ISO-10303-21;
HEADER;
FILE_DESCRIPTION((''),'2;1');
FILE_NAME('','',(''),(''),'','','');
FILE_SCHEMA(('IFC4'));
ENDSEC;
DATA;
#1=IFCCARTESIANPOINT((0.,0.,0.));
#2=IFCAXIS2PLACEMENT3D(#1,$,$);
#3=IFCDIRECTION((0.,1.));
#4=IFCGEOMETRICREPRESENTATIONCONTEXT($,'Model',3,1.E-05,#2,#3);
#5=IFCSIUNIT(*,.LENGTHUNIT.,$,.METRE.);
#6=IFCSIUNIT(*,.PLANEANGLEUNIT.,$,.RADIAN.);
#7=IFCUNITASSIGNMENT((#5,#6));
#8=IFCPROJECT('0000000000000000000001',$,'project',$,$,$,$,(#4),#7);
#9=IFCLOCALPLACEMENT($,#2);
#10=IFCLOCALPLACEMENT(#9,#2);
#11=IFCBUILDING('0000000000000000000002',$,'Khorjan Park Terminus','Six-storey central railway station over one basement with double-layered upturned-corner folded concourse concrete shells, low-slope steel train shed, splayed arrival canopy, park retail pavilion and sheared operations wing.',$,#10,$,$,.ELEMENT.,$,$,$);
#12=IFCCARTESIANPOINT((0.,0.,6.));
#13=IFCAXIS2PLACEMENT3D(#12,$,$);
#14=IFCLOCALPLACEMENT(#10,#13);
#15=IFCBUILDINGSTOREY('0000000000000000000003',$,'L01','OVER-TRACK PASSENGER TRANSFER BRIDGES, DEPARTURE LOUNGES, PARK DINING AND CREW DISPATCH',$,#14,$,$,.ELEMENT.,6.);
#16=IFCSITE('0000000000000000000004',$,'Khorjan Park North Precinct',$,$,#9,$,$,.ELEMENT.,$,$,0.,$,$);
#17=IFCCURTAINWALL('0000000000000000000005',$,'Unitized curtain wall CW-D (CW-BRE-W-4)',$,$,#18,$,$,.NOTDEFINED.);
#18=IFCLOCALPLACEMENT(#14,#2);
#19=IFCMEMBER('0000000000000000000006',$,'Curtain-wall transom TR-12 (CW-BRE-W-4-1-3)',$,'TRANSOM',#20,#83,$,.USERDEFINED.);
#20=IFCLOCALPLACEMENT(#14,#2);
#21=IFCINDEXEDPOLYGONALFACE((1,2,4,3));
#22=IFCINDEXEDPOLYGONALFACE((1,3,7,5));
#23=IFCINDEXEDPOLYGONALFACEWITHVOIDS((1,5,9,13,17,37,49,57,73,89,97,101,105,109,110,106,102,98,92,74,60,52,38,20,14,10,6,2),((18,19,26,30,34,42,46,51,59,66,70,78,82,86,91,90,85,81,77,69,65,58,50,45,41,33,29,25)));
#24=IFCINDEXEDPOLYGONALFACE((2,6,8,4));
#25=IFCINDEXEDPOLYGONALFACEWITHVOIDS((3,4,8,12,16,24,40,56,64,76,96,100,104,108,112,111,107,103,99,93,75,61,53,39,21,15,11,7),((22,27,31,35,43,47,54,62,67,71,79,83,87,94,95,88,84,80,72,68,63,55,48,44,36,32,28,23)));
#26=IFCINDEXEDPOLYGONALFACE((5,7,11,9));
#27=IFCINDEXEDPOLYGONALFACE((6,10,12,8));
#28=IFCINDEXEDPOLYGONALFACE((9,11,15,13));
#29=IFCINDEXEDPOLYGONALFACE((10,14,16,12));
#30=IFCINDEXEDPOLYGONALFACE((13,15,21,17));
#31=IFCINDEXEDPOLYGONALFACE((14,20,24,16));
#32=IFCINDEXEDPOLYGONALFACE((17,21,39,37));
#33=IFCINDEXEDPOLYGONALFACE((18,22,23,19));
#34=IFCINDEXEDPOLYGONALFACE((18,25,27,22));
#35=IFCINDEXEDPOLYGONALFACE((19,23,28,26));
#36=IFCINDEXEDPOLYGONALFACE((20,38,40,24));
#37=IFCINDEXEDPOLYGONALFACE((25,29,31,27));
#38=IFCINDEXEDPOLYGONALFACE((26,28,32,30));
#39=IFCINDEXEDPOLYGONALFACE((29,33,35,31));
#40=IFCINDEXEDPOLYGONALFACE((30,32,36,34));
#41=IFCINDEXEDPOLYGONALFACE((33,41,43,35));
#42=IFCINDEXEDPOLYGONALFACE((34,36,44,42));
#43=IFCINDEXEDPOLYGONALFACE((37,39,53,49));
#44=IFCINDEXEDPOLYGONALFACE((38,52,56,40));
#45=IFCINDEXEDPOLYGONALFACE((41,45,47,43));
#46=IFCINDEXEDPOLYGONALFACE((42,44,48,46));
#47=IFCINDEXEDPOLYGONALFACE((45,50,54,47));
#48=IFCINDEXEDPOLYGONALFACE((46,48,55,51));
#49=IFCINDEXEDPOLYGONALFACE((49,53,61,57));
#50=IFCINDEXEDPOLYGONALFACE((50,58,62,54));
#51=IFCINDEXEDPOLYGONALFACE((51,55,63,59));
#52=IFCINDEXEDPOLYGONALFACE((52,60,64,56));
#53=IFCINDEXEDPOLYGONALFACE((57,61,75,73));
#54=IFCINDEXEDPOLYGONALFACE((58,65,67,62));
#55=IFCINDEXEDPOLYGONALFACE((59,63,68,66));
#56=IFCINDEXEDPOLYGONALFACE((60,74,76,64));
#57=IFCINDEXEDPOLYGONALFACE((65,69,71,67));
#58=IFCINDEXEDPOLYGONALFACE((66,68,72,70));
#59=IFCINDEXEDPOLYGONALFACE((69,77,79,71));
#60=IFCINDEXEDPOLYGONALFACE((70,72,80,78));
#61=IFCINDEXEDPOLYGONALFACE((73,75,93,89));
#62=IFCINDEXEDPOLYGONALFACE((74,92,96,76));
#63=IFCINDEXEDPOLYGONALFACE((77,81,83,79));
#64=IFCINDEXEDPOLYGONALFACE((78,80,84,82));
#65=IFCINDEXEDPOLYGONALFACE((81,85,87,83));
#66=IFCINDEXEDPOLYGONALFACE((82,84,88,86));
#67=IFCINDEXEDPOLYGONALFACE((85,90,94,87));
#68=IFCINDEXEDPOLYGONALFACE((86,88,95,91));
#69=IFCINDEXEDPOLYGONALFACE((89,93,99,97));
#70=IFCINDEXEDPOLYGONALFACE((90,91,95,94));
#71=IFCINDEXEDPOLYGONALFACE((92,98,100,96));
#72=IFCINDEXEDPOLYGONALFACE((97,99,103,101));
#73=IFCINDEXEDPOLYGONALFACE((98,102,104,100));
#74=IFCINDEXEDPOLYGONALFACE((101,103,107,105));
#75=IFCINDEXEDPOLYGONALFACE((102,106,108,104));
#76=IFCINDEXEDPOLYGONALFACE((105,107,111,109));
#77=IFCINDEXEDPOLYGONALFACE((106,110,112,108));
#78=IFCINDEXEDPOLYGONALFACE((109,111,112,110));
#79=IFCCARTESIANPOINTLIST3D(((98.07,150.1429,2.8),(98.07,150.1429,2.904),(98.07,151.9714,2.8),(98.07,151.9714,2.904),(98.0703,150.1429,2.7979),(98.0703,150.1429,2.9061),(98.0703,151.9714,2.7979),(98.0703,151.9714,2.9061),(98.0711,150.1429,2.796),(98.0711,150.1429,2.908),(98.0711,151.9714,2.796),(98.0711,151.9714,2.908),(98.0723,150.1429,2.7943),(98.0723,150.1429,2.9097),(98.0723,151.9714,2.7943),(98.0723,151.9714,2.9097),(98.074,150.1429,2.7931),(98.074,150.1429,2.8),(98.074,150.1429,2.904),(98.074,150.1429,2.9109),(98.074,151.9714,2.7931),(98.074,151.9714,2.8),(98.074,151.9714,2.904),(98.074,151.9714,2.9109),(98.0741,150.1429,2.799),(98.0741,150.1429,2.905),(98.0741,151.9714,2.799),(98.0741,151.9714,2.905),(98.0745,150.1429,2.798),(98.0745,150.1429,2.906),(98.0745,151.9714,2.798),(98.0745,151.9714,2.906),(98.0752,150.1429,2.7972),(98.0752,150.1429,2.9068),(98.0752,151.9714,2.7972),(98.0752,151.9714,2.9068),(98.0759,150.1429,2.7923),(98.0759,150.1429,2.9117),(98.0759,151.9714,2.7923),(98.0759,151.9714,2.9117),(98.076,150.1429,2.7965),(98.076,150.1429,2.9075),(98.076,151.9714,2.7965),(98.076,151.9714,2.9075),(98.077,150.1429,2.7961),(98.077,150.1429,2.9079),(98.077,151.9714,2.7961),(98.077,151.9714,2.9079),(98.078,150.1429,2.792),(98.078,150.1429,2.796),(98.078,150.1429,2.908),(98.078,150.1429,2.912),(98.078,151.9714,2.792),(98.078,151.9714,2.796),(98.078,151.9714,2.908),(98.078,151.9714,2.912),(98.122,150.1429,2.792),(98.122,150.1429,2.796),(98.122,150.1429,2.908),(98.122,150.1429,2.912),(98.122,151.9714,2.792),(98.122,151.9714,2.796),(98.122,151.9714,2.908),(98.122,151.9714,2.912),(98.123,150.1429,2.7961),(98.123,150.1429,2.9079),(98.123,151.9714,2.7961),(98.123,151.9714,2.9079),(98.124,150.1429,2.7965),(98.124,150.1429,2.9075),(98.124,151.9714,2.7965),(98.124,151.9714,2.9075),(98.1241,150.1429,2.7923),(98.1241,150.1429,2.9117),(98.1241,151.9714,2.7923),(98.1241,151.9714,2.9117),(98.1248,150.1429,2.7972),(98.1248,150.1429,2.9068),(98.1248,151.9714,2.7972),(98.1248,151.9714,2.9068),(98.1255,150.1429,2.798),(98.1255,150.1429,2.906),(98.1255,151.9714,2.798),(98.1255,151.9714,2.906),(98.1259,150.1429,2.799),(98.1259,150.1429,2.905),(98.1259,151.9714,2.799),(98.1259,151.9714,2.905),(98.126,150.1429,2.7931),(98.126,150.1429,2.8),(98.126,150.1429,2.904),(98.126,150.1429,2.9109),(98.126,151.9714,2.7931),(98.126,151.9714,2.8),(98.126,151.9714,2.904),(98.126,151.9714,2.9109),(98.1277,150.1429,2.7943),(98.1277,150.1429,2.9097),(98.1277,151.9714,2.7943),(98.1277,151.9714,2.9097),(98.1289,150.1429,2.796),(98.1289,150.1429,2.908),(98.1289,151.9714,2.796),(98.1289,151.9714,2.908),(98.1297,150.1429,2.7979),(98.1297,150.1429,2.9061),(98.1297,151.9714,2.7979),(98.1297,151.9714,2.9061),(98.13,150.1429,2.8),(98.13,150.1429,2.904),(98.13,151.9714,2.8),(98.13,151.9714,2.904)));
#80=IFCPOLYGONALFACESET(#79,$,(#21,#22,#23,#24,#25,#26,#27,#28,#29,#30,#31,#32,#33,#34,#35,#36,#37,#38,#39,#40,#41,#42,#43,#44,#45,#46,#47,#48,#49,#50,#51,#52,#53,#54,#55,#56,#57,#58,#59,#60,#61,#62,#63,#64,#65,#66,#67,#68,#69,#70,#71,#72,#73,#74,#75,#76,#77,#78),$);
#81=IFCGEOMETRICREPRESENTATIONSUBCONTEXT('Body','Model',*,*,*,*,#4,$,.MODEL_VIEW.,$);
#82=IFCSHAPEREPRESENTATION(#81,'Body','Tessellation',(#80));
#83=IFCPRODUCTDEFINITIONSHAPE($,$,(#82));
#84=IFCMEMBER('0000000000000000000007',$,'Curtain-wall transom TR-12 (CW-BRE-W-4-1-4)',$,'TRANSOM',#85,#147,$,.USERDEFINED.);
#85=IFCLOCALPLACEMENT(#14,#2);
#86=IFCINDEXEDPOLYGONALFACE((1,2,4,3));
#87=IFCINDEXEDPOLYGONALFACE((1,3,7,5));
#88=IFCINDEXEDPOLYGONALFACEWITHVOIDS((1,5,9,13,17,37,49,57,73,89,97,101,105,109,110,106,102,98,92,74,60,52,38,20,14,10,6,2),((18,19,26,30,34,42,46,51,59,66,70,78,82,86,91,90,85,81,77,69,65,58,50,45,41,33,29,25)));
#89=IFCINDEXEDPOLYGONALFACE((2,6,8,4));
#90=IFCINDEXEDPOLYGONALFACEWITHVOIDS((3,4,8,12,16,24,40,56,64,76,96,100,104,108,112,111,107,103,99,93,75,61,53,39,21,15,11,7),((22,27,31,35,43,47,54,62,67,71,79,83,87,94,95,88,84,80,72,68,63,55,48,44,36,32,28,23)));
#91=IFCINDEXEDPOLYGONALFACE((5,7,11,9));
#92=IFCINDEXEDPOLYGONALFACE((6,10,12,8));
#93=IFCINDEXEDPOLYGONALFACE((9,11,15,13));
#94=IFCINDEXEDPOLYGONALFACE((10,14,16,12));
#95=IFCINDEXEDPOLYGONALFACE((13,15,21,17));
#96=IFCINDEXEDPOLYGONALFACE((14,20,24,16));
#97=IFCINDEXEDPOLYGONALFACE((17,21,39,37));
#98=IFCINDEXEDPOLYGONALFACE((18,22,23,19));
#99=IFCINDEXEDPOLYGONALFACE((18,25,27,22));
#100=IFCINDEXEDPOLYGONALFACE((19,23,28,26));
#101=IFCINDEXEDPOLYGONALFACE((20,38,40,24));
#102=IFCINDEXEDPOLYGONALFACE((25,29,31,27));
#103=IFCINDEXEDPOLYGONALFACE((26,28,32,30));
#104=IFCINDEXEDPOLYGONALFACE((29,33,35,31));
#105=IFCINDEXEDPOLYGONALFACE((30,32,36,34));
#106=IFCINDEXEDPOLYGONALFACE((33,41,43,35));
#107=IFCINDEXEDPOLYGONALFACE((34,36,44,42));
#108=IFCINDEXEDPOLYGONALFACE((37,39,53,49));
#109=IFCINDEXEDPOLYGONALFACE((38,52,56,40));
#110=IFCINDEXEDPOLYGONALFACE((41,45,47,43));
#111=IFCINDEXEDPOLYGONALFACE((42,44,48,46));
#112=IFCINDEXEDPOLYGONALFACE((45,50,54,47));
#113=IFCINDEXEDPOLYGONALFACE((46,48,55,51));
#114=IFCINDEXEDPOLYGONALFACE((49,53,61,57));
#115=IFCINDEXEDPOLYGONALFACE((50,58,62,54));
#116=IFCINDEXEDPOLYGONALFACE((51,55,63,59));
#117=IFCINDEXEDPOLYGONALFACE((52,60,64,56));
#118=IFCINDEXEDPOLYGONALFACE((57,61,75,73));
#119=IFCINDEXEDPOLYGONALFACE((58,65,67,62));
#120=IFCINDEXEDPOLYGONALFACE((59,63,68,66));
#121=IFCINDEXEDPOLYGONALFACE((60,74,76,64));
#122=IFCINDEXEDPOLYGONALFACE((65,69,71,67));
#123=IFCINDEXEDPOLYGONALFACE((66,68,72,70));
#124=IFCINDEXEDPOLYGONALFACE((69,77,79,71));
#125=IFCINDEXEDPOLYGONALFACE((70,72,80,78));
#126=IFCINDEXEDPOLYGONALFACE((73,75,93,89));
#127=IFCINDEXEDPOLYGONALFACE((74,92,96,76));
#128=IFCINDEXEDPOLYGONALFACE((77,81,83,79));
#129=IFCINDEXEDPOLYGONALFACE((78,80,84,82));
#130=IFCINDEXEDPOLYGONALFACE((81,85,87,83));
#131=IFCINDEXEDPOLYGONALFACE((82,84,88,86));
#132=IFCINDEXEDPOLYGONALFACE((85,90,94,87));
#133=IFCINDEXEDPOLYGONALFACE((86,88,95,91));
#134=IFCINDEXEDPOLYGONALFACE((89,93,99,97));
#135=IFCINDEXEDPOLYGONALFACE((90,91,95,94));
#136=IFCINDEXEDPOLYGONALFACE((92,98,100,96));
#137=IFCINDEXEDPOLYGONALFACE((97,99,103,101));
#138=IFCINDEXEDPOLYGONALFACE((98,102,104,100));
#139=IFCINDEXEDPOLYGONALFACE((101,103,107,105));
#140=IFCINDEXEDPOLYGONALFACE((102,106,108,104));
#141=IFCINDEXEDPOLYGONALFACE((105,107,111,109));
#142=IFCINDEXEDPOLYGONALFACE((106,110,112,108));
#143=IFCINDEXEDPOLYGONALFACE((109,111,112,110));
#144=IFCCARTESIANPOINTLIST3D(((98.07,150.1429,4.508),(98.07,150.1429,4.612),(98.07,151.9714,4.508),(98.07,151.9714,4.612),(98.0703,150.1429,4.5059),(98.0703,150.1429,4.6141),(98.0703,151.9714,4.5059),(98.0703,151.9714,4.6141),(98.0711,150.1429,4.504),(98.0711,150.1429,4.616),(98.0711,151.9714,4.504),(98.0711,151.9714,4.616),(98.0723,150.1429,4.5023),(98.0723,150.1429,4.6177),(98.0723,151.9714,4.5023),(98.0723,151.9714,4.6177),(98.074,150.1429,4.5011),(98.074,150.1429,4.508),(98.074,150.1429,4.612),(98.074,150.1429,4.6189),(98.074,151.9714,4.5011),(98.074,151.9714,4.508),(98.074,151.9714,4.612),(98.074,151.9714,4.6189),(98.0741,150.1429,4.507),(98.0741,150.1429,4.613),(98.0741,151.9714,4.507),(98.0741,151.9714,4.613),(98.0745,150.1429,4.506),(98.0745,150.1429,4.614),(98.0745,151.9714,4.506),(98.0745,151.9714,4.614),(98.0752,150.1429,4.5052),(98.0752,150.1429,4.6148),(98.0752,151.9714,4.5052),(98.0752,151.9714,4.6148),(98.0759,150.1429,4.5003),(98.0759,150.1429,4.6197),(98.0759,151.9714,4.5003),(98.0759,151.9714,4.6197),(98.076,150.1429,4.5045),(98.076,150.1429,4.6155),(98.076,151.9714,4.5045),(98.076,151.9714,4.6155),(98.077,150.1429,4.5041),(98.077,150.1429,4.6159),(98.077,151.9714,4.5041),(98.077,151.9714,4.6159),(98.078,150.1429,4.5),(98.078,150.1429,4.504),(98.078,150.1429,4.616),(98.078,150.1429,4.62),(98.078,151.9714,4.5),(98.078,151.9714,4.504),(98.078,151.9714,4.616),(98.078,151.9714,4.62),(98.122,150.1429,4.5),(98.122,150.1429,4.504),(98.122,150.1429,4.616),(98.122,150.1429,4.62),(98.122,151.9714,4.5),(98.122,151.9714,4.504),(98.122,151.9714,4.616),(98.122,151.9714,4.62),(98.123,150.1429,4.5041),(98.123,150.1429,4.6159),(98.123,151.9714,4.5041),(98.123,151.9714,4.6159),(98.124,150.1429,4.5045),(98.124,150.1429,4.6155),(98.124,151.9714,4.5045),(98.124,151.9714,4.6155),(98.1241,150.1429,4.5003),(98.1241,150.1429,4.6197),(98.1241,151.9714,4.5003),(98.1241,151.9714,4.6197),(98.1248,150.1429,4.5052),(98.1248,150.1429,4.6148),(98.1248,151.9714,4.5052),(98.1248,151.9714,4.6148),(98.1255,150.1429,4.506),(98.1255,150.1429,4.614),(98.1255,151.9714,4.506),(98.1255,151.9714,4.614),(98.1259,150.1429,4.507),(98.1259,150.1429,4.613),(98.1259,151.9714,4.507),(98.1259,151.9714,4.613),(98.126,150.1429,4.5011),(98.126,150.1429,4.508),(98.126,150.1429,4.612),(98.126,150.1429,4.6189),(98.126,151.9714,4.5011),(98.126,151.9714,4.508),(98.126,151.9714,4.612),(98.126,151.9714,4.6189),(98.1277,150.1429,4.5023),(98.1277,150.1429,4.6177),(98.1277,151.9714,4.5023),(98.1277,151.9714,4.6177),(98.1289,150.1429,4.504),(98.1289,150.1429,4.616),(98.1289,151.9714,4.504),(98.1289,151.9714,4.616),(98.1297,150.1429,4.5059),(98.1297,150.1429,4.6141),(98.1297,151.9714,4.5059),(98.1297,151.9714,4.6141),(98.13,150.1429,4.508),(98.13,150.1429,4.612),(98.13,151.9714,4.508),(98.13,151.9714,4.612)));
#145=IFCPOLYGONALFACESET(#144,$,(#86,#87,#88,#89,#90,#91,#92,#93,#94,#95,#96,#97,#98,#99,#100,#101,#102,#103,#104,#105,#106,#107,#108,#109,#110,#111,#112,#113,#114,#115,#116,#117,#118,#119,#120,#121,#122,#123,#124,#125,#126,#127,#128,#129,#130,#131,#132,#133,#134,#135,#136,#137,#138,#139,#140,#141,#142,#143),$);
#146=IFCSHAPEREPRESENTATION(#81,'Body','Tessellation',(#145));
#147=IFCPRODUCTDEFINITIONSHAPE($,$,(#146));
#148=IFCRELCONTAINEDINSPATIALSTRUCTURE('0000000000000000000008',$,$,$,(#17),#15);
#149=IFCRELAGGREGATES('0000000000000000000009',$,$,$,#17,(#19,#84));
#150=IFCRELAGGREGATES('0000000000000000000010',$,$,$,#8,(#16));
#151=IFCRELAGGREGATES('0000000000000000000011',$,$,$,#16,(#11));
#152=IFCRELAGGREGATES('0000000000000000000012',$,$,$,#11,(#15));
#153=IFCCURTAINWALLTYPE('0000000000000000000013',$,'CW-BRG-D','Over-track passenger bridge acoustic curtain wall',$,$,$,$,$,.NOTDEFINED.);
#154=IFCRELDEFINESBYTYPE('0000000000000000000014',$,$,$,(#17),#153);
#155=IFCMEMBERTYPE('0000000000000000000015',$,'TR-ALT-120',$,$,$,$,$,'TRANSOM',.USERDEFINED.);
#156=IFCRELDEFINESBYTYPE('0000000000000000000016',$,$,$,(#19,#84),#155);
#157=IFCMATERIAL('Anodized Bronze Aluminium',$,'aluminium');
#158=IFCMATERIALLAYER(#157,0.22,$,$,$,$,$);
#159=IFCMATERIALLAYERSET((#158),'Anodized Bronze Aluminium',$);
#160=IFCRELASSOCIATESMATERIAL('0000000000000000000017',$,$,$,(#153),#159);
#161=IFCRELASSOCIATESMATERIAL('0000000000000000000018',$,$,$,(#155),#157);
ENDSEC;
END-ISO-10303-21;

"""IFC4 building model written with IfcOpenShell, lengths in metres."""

from ifc_helpers import new_model, si_unit, direction, frame, origin, origin_2d, place, context, subcontext, project, spatial, hollow_rectangle, extrude, material, layer, layer_set, material_profile, profile_set, type_object, element, aggregate, save


model = new_model("IFC4")

# Units and contexts
model_context = context("Model", 3, precision=1e-05, world=origin(), true_north=direction((0.0, 1.0)))
body_context = subcontext(model_context, "Body", "Model", "MODEL_VIEW")
ifc_project = project(units=[si_unit("LENGTHUNIT", "METRE"), si_unit("PLANEANGLEUNIT", "RADIAN")], contexts=[model_context])

# Site, building, storey
site_placement = place(None, origin())
site = spatial("IfcSite", under=ifc_project, at=site_placement, Name="Khorjan Park North Precinct", CompositionType="ELEMENT", RefElevation=0.0)
building_placement = place(site_placement, origin())
building = spatial("IfcBuilding", under=site, at=building_placement, Name="Khorjan Park Terminus", Description="Six-storey central railway station over one basement with double-layered upturned-corner folded concourse concrete shells, low-slope steel train shed, splayed arrival canopy, park retail pavilion and sheared operations wing.", CompositionType="ELEMENT")
storey_placement = place(building_placement, frame((0.0, 0.0, 6.0)))
storey = spatial("IfcBuildingStorey", under=building, at=storey_placement, Name="L01", Description="OVER-TRACK PASSENGER TRANSFER BRIDGES, DEPARTURE LOUNGES, PARK DINING AND CREW DISPATCH", CompositionType="ELEMENT", Elevation=6.0)

# Curtain wall, members
ifc_material_1 = material(Name="Anodized Bronze Aluminium", Category="aluminium")
ifc_layer_1 = layer(ifc_material_1, 0.22)
ifc_layer_set_1 = layer_set([ifc_layer_1], Name="Anodized Bronze Aluminium")
curtain_wall_type = type_object("IfcCurtainWallType", Name="CW-BRG-D", Description="Over-track passenger bridge acoustic curtain wall", PredefinedType="NOTDEFINED", material=ifc_layer_set_1)
curtain_wall_1_placement = place(storey_placement, origin())
curtain_wall_1 = element("IfcCurtainWall", 1, at=curtain_wall_1_placement, inside=storey, type_object=curtain_wall_type, Name="Unitized curtain wall CW-D (CW-BRE-W-4)", PredefinedType="NOTDEFINED")
ifc_material_profile_1 = material_profile(ifc_material_1, hollow_rectangle(XDim=0.06, YDim=0.12, WallThickness=0.004, InnerFilletRadius=0.004, OuterFilletRadius=0.008, at=origin_2d()), Name="ALT 60x120x4")
ifc_profile_set_1 = profile_set([ifc_material_profile_1], Name="Anodized Bronze Aluminium")
member_type_1 = type_object("IfcMemberType", Name="TR-ALT-120", ElementType="TRANSOM", PredefinedType="USERDEFINED", material=ifc_profile_set_1)
member_1_placement = place(storey_placement, frame((98.1, 151.9714, 2.852), z_axis=(0.0, -1.0, 0.0), x_axis=(1.0, 0.0, 0.0)))
member_1 = element("IfcMember", 2, at=member_1_placement, type_object=member_type_1, Name="Curtain-wall transom TR-12 (CW-BRE-W-4-1-3)", ObjectType="TRANSOM", PredefinedType="USERDEFINED", context=body_context, shape_type="SweptSolid", body=[
    extrude(hollow_rectangle(XDim=0.06, YDim=0.12, WallThickness=0.004, InnerFilletRadius=0.004, OuterFilletRadius=0.008, at=origin_2d()), origin(), (0.0, 0.0, 1.0), 1.8285),
])
member_2_placement = place(storey_placement, frame((98.1, 151.9714, 4.56), z_axis=(0.0, -1.0, 0.0), x_axis=(1.0, 0.0, 0.0)))
member_2 = element("IfcMember", 3, at=member_2_placement, type_object=member_type_1, Name="Curtain-wall transom TR-12 (CW-BRE-W-4-1-4)", ObjectType="TRANSOM", PredefinedType="USERDEFINED", context=body_context, shape_type="SweptSolid", body=[
    extrude(hollow_rectangle(XDim=0.06, YDim=0.12, WallThickness=0.004, InnerFilletRadius=0.004, OuterFilletRadius=0.008, at=origin_2d()), origin(), (0.0, 0.0, 1.0), 1.8285),
])

aggregate(curtain_wall_1, [member_1, member_2])

save(model, "model.ifc")
